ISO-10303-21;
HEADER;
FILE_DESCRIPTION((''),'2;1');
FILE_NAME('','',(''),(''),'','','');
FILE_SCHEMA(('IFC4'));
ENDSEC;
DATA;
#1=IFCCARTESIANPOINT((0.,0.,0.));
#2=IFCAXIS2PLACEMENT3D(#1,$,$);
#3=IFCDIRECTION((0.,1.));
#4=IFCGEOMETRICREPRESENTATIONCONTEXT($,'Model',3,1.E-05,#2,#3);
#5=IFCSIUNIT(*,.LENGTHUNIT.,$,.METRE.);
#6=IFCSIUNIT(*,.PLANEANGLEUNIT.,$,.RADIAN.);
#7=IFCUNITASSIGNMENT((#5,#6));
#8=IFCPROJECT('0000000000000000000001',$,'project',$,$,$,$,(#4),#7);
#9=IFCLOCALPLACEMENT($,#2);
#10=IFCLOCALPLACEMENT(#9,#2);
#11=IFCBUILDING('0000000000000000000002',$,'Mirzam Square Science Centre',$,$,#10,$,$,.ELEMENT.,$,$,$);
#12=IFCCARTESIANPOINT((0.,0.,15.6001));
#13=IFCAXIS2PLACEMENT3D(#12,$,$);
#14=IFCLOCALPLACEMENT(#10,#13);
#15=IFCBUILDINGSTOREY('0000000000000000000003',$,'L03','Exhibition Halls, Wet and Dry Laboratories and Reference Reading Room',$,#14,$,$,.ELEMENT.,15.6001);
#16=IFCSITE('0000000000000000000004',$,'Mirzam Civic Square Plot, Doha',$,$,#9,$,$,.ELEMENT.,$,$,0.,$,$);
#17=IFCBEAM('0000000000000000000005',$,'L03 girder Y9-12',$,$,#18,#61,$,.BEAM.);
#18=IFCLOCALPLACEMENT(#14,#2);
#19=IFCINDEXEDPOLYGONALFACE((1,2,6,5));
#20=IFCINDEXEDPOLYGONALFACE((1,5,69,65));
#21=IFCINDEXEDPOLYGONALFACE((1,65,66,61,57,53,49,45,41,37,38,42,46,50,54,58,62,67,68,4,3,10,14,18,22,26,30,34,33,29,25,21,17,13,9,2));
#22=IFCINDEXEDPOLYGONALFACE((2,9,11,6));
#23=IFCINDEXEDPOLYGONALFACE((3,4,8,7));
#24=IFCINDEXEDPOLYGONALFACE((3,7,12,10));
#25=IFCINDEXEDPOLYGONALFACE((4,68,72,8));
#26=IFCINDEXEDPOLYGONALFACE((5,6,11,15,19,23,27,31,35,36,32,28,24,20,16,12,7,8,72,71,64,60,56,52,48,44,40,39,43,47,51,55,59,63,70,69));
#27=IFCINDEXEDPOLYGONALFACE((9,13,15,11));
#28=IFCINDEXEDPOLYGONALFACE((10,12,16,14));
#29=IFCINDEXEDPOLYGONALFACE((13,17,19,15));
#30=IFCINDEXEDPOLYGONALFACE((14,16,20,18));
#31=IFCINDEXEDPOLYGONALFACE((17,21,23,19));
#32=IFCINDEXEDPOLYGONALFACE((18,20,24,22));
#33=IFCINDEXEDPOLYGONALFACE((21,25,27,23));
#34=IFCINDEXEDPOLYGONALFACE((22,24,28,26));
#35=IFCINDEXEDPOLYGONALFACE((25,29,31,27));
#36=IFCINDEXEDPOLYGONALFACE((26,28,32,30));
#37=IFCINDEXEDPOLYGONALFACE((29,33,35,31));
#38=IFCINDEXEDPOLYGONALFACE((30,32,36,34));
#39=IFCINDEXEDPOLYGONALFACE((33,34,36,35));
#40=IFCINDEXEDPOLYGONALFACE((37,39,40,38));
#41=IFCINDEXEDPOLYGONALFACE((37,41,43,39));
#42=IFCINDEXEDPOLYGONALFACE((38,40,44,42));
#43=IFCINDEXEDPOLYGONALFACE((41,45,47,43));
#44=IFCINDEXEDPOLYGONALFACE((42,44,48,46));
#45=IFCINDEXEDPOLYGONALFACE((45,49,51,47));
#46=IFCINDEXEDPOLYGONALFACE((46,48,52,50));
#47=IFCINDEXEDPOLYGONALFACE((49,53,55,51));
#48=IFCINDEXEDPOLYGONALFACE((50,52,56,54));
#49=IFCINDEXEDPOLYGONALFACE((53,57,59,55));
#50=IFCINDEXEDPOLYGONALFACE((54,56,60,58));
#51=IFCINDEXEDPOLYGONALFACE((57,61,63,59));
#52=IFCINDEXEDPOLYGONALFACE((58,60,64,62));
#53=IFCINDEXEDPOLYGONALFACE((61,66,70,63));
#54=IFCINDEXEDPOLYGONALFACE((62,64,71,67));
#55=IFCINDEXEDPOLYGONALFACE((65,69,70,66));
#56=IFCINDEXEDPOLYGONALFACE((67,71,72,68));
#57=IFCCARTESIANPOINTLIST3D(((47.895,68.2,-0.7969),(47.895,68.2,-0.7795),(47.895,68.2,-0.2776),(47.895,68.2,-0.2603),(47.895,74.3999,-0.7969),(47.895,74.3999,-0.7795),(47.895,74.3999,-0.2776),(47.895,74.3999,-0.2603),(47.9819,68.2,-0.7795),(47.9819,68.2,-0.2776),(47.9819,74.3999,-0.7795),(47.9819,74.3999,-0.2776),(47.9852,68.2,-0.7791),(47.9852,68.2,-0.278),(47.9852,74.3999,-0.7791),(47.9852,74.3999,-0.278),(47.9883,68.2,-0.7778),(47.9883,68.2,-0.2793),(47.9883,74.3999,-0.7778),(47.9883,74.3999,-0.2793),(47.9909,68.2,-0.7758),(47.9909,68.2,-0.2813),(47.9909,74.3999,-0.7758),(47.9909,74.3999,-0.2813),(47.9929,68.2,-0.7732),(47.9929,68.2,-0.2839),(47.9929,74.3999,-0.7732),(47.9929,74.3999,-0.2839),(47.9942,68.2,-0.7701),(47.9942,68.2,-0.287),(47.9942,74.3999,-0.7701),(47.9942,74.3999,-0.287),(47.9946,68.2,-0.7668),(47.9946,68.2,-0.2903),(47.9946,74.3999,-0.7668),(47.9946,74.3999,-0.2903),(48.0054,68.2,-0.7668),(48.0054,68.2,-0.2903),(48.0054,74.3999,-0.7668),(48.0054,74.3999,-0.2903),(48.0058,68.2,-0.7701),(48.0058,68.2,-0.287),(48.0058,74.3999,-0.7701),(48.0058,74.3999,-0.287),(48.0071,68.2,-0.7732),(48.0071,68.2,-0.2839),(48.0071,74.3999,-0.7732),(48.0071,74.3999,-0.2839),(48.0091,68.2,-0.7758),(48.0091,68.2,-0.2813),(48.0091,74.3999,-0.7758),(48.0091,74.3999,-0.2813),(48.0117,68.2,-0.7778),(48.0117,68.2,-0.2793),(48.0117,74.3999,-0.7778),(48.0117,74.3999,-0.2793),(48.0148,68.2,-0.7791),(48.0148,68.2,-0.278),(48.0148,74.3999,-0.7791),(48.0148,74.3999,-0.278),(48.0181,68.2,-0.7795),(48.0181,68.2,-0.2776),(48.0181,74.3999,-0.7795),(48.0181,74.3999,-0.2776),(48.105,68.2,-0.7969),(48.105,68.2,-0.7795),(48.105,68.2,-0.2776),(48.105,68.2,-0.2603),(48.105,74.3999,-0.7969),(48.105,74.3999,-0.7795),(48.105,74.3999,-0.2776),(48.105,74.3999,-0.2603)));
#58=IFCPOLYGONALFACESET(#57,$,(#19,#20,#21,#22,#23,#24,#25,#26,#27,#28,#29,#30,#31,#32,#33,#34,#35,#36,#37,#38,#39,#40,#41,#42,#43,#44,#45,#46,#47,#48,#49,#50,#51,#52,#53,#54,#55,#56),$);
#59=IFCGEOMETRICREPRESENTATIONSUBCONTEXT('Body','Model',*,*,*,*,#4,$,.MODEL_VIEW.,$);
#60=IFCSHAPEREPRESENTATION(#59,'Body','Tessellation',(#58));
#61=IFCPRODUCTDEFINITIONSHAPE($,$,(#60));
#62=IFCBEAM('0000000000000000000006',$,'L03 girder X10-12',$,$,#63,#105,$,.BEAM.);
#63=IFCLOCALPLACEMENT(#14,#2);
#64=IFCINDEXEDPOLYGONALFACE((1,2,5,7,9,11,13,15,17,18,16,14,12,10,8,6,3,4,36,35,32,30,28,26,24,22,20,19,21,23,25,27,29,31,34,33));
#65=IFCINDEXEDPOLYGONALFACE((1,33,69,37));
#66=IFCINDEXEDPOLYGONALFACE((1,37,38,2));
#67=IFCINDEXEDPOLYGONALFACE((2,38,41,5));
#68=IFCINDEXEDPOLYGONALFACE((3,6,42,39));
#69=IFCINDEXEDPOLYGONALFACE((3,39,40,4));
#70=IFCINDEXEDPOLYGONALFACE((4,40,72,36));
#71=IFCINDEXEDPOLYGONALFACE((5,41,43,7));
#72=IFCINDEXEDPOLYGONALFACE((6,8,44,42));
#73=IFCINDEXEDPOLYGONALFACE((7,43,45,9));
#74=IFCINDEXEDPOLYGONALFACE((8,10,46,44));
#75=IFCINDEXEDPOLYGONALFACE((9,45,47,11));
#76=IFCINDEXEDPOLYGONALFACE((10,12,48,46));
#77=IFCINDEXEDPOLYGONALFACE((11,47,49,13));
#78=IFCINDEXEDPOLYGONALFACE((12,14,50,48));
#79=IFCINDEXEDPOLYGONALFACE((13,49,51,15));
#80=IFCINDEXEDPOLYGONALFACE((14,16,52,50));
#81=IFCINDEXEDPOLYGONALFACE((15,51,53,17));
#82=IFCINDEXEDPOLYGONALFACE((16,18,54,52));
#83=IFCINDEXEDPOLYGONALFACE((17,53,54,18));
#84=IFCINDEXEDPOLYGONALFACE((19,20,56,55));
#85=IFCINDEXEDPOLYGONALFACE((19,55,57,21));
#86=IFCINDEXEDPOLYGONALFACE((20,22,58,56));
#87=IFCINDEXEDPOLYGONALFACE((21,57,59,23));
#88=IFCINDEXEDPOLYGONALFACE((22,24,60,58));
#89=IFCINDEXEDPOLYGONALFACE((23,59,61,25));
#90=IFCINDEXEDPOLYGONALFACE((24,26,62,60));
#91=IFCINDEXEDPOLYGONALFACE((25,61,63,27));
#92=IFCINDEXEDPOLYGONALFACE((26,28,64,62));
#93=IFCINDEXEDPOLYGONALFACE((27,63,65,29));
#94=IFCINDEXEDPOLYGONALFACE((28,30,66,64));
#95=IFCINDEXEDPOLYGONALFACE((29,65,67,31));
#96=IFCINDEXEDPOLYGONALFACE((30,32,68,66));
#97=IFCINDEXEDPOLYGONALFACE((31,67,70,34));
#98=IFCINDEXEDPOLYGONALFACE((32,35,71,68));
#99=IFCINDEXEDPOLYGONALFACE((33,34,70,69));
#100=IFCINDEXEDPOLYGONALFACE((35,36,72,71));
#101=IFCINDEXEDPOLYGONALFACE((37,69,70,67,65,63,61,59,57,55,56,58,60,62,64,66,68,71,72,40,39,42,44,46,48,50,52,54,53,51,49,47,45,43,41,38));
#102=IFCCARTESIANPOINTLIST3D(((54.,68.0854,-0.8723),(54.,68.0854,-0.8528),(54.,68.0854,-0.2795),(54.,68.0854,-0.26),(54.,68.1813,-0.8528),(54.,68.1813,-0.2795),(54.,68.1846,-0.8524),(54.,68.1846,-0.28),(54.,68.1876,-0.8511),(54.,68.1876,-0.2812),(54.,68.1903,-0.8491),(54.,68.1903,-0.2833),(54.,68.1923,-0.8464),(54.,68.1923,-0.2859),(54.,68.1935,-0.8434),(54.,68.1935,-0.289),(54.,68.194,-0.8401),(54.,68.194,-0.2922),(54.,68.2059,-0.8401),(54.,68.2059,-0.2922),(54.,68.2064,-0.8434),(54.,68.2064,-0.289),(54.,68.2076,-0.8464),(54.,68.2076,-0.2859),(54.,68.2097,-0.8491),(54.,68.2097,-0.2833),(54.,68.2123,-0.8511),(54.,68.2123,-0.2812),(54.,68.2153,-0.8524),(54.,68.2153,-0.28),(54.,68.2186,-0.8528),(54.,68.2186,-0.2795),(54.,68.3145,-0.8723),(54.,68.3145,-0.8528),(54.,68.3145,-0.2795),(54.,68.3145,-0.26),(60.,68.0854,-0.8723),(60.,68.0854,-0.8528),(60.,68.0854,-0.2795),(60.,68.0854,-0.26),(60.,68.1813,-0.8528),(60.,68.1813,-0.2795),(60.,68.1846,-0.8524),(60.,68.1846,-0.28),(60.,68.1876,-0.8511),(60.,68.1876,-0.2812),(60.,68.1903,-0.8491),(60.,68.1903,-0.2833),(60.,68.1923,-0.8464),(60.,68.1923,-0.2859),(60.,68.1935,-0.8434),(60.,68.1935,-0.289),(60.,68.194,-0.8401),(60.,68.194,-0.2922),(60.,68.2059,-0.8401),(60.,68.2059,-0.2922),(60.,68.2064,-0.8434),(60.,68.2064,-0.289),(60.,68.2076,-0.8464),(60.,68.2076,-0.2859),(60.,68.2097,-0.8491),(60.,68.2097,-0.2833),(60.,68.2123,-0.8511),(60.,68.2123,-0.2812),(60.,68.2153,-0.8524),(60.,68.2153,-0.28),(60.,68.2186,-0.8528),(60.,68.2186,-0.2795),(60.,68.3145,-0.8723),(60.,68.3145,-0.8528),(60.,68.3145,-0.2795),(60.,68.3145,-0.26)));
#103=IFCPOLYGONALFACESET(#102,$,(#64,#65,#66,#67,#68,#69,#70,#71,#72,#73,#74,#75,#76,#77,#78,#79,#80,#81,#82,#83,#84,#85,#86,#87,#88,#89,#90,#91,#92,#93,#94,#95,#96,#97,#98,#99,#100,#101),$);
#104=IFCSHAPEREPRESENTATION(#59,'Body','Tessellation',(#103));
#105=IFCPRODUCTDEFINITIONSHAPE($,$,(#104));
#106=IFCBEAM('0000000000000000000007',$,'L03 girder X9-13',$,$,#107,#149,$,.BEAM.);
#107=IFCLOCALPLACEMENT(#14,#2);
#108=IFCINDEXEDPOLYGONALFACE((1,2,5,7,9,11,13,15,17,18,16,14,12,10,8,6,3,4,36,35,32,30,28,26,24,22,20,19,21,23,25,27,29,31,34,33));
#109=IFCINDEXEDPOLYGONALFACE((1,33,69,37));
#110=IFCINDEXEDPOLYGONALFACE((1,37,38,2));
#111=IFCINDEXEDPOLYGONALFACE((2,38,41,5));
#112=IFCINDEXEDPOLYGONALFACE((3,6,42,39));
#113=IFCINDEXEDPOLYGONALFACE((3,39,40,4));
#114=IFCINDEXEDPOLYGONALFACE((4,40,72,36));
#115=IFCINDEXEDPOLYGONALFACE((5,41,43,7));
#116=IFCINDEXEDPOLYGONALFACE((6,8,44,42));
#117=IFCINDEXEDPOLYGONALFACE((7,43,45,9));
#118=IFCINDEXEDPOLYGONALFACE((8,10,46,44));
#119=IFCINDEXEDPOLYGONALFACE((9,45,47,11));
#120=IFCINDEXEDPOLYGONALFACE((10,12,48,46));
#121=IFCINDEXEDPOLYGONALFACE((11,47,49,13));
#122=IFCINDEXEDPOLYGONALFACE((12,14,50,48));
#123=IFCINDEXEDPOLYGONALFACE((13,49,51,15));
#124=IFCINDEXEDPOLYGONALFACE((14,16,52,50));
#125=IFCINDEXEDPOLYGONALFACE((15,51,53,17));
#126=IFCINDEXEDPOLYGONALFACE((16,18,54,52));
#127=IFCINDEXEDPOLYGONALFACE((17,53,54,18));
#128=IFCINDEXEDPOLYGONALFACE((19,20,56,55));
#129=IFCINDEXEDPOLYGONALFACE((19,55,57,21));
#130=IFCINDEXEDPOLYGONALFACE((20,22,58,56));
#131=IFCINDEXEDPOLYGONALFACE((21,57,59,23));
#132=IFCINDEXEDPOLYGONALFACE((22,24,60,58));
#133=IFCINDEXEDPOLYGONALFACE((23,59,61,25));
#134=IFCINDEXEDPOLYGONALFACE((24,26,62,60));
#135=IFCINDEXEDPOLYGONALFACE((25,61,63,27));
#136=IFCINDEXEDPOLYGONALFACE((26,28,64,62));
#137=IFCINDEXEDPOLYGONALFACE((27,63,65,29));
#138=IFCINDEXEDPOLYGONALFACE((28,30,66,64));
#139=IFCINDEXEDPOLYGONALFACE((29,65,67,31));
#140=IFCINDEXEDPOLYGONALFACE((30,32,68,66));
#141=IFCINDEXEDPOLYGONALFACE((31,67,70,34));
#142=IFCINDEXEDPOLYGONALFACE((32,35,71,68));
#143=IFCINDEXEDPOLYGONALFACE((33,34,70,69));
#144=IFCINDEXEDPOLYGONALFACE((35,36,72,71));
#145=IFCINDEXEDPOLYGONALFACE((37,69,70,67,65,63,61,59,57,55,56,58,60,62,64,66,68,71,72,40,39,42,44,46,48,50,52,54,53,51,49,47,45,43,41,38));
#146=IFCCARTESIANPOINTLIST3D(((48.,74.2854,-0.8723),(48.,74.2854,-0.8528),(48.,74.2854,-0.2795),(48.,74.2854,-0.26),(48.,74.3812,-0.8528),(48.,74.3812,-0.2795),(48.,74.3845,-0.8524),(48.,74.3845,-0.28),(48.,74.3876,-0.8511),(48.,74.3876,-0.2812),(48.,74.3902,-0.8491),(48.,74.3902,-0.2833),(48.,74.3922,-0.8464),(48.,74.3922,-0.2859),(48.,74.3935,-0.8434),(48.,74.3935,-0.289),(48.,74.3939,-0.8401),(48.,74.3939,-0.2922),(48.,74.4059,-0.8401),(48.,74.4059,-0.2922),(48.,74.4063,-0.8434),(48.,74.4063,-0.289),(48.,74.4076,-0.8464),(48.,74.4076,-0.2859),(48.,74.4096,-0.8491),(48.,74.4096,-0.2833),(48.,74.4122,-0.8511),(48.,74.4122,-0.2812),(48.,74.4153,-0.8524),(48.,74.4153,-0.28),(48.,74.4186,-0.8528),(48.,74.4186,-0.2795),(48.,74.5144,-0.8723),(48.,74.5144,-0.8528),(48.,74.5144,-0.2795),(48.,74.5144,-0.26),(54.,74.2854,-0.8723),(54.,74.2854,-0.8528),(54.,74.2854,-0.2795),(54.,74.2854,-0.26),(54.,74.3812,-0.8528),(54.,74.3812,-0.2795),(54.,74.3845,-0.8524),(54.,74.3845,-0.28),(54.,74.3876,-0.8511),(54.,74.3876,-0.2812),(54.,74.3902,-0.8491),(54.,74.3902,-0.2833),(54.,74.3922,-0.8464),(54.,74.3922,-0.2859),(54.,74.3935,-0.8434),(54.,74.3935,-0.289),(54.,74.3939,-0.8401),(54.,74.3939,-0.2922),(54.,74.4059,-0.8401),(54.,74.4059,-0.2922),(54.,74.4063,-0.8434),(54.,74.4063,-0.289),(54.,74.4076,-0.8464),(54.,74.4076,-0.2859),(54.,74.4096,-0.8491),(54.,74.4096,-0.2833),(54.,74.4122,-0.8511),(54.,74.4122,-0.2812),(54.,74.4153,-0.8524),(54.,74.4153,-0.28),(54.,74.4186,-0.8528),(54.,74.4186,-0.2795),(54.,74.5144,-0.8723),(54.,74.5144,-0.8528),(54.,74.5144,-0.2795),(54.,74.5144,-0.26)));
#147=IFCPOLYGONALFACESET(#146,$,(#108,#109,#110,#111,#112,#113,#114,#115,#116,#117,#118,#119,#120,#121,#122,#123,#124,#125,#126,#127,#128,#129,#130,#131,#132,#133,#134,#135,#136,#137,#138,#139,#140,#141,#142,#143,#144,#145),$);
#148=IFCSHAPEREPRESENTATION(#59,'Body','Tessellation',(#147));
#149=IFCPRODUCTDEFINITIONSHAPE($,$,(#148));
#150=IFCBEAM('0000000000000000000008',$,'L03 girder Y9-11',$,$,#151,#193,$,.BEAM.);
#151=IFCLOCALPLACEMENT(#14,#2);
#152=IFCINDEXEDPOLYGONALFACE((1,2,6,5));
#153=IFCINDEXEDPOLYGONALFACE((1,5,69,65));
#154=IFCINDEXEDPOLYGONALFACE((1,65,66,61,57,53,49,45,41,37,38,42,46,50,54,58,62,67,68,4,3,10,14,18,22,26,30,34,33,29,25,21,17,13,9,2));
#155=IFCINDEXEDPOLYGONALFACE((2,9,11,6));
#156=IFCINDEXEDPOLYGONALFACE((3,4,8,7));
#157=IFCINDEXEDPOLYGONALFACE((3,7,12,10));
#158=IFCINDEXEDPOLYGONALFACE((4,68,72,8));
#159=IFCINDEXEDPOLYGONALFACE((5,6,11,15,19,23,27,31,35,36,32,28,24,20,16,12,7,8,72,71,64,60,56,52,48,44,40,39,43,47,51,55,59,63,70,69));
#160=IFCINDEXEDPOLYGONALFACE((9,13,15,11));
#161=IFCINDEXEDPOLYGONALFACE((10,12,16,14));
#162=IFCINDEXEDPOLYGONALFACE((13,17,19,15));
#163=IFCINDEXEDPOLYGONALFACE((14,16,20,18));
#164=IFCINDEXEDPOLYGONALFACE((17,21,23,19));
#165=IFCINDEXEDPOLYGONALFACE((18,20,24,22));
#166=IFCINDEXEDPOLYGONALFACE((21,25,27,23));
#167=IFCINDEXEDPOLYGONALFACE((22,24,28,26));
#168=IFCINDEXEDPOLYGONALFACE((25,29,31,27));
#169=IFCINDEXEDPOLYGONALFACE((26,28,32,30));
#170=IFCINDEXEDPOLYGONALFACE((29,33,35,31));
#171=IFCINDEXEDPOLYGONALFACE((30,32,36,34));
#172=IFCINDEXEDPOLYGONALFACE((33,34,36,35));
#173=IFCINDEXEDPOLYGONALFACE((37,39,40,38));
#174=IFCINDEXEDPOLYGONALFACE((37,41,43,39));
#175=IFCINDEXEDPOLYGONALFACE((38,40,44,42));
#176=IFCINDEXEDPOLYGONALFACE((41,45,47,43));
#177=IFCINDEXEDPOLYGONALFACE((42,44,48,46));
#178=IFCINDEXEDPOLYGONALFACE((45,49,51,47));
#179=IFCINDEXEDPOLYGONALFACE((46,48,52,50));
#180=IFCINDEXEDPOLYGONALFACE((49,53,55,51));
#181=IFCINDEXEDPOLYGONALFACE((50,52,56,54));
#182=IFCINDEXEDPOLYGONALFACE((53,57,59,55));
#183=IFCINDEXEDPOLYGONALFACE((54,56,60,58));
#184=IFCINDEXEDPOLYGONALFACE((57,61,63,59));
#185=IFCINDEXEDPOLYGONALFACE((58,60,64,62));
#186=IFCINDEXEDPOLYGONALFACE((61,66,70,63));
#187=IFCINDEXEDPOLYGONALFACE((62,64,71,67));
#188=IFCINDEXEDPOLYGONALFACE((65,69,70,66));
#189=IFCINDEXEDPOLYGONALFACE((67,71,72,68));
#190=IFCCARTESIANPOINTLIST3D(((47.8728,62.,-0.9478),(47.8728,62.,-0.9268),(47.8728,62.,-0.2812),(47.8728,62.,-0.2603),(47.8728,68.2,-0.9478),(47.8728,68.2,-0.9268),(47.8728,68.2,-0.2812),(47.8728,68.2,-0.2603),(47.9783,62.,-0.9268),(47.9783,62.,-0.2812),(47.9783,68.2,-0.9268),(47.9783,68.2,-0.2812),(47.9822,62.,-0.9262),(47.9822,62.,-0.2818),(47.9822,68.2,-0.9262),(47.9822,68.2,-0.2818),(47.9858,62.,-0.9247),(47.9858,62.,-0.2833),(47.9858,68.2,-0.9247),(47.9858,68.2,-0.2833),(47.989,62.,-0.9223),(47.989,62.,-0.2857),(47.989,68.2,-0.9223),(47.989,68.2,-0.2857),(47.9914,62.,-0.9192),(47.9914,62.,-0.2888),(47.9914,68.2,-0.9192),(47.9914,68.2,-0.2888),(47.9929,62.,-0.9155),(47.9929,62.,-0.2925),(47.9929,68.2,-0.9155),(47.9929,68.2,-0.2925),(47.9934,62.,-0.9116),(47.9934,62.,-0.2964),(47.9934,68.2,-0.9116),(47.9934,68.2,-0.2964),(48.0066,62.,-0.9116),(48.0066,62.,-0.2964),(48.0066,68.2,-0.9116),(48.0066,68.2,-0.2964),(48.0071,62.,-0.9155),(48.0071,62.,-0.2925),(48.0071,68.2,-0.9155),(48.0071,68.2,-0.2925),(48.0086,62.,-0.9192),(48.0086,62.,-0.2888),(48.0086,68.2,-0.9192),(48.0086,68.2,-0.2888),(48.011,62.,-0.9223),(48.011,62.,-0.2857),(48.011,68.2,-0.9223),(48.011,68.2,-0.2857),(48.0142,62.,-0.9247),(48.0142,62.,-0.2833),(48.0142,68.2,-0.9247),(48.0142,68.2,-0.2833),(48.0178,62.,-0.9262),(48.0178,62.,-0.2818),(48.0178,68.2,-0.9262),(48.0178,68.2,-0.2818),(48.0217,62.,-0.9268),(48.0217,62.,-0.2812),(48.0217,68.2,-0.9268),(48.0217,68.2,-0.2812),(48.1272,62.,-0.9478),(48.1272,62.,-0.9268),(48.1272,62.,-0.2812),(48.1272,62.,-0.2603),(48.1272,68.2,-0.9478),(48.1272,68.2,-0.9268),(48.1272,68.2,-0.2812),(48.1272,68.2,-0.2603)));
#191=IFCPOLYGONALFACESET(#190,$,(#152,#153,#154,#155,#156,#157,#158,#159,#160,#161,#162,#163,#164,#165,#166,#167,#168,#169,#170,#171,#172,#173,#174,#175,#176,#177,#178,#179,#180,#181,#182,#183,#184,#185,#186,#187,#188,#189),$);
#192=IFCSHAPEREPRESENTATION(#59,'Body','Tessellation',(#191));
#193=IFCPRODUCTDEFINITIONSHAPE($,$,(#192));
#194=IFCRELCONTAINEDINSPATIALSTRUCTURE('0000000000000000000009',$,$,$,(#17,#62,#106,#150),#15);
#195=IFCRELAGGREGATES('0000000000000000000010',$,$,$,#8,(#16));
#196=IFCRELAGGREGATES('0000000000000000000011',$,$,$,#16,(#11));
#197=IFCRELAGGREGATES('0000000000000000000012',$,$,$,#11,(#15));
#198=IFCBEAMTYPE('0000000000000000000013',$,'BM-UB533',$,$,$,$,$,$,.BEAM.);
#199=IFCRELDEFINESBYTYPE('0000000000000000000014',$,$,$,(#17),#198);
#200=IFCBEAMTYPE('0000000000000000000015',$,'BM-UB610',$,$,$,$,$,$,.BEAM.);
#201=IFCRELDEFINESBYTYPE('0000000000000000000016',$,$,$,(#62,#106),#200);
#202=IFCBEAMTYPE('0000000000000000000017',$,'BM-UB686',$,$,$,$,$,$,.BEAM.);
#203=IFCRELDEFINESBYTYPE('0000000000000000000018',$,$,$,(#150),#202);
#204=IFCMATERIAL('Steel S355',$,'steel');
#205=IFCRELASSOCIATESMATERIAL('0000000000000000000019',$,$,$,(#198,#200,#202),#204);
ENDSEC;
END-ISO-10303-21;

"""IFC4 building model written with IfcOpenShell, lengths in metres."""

from ifc_helpers import new_model, si_unit, direction, frame, origin, origin_2d, place, context, subcontext, project, spatial, i_section, extrude, material, material_profile, profile_set, type_object, element, save


model = new_model("IFC4")

# Units and contexts
model_context = context("Model", 3, precision=1e-05, world=origin(), true_north=direction((0.0, 1.0)))
body_context = subcontext(model_context, "Body", "Model", "MODEL_VIEW")
ifc_project = project(units=[si_unit("LENGTHUNIT", "METRE"), si_unit("PLANEANGLEUNIT", "RADIAN")], contexts=[model_context])

# Site, building, storey
site_placement = place(None, origin())
site = spatial("IfcSite", under=ifc_project, at=site_placement, Name="Mirzam Civic Square Plot, Doha", CompositionType="ELEMENT", RefElevation=0.0)
building_placement = place(site_placement, origin())
building = spatial("IfcBuilding", under=site, at=building_placement, Name="Mirzam Square Science Centre", CompositionType="ELEMENT")
storey_placement = place(building_placement, frame((0.0, 0.0, 15.6001)))
storey = spatial("IfcBuildingStorey", under=building, at=storey_placement, Name="L03", Description="Exhibition Halls, Wet and Dry Laboratories and Reference Reading Room", CompositionType="ELEMENT", Elevation=15.6001)

# Shared definitions
ifc_material_1 = material(Name="Steel S355", Category="steel")

# Beams
ifc_material_profile_1 = material_profile(ifc_material_1, i_section(OverallWidth=0.21, OverallDepth=0.5366, WebThickness=0.0107, FlangeThickness=0.0173, FilletRadius=0.0127, at=origin_2d()), Name="533x210x101UB")
ifc_profile_set_1 = profile_set([ifc_material_profile_1], Name="Steel S355")
beam_type_1 = type_object("IfcBeamType", Name="BM-UB533", PredefinedType="BEAM", material=ifc_profile_set_1)
beam_1_placement = place(storey_placement, frame((48.0, 68.2, -0.5286), z_axis=(0.0, 1.0, 0.0), x_axis=(-1.0, 0.0, 0.0)))
element("IfcBeam", 1, at=beam_1_placement, inside=storey, type_object=beam_type_1, Name="L03 girder Y9-12", PredefinedType="BEAM", context=body_context, shape_type="SweptSolid", body=[
    extrude(i_section(OverallWidth=0.21, OverallDepth=0.5366, WebThickness=0.0107, FlangeThickness=0.0173, FilletRadius=0.0127, at=origin_2d()), origin(), (0.0, 0.0, 1.0), 6.2),
])
ifc_material_profile_2 = material_profile(ifc_material_1, i_section(OverallWidth=0.229, OverallDepth=0.6123, WebThickness=0.012, FlangeThickness=0.0195, FilletRadius=0.0127, at=origin_2d()), Name="610x229x125UB")
ifc_profile_set_2 = profile_set([ifc_material_profile_2], Name="Steel S355")
beam_type_2 = type_object("IfcBeamType", Name="BM-UB610", PredefinedType="BEAM", material=ifc_profile_set_2)
for number, where, z_axis, x_axis, name in (
    (2, (54.0, 68.2, -0.5662), (1.0, 0.0, 0.0), (0.0, 1.0, 0.0), "L03 girder X10-12"),
    (3, (48.0, 74.3999, -0.5662), (1.0, 0.0, 0.0), (0.0, 1.0, 0.0), "L03 girder X9-13"),
):
    element("IfcBeam", number, at=place(storey_placement, frame(where, z_axis=z_axis, x_axis=x_axis)), inside=storey, type_object=beam_type_2, Name=name, PredefinedType="BEAM", context=body_context, shape_type="SweptSolid", body=[
        extrude(i_section(OverallWidth=0.229, OverallDepth=0.6123, WebThickness=0.012, FlangeThickness=0.0195, FilletRadius=0.0127, at=origin_2d()), origin(), (0.0, 0.0, 1.0), 6.0),
    ])
ifc_material_profile_3 = material_profile(ifc_material_1, i_section(OverallWidth=0.2544, OverallDepth=0.6875, WebThickness=0.0132, FlangeThickness=0.021, FilletRadius=0.0151, at=origin_2d()), Name="686x254x152UB")
ifc_profile_set_3 = profile_set([ifc_material_profile_3], Name="Steel S355")
beam_type_3 = type_object("IfcBeamType", Name="BM-UB686", PredefinedType="BEAM", material=ifc_profile_set_3)
beam_2_placement = place(storey_placement, frame((48.0, 62.0, -0.604), z_axis=(0.0, 1.0, 0.0), x_axis=(-1.0, 0.0, 0.0)))
element("IfcBeam", 4, at=beam_2_placement, inside=storey, type_object=beam_type_3, Name="L03 girder Y9-11", PredefinedType="BEAM", context=body_context, shape_type="SweptSolid", body=[
    extrude(i_section(OverallWidth=0.2544, OverallDepth=0.6875, WebThickness=0.0132, FlangeThickness=0.021, FilletRadius=0.0151, at=origin_2d()), origin(), (0.0, 0.0, 1.0), 6.2),
])

save(model, "model.ifc")
